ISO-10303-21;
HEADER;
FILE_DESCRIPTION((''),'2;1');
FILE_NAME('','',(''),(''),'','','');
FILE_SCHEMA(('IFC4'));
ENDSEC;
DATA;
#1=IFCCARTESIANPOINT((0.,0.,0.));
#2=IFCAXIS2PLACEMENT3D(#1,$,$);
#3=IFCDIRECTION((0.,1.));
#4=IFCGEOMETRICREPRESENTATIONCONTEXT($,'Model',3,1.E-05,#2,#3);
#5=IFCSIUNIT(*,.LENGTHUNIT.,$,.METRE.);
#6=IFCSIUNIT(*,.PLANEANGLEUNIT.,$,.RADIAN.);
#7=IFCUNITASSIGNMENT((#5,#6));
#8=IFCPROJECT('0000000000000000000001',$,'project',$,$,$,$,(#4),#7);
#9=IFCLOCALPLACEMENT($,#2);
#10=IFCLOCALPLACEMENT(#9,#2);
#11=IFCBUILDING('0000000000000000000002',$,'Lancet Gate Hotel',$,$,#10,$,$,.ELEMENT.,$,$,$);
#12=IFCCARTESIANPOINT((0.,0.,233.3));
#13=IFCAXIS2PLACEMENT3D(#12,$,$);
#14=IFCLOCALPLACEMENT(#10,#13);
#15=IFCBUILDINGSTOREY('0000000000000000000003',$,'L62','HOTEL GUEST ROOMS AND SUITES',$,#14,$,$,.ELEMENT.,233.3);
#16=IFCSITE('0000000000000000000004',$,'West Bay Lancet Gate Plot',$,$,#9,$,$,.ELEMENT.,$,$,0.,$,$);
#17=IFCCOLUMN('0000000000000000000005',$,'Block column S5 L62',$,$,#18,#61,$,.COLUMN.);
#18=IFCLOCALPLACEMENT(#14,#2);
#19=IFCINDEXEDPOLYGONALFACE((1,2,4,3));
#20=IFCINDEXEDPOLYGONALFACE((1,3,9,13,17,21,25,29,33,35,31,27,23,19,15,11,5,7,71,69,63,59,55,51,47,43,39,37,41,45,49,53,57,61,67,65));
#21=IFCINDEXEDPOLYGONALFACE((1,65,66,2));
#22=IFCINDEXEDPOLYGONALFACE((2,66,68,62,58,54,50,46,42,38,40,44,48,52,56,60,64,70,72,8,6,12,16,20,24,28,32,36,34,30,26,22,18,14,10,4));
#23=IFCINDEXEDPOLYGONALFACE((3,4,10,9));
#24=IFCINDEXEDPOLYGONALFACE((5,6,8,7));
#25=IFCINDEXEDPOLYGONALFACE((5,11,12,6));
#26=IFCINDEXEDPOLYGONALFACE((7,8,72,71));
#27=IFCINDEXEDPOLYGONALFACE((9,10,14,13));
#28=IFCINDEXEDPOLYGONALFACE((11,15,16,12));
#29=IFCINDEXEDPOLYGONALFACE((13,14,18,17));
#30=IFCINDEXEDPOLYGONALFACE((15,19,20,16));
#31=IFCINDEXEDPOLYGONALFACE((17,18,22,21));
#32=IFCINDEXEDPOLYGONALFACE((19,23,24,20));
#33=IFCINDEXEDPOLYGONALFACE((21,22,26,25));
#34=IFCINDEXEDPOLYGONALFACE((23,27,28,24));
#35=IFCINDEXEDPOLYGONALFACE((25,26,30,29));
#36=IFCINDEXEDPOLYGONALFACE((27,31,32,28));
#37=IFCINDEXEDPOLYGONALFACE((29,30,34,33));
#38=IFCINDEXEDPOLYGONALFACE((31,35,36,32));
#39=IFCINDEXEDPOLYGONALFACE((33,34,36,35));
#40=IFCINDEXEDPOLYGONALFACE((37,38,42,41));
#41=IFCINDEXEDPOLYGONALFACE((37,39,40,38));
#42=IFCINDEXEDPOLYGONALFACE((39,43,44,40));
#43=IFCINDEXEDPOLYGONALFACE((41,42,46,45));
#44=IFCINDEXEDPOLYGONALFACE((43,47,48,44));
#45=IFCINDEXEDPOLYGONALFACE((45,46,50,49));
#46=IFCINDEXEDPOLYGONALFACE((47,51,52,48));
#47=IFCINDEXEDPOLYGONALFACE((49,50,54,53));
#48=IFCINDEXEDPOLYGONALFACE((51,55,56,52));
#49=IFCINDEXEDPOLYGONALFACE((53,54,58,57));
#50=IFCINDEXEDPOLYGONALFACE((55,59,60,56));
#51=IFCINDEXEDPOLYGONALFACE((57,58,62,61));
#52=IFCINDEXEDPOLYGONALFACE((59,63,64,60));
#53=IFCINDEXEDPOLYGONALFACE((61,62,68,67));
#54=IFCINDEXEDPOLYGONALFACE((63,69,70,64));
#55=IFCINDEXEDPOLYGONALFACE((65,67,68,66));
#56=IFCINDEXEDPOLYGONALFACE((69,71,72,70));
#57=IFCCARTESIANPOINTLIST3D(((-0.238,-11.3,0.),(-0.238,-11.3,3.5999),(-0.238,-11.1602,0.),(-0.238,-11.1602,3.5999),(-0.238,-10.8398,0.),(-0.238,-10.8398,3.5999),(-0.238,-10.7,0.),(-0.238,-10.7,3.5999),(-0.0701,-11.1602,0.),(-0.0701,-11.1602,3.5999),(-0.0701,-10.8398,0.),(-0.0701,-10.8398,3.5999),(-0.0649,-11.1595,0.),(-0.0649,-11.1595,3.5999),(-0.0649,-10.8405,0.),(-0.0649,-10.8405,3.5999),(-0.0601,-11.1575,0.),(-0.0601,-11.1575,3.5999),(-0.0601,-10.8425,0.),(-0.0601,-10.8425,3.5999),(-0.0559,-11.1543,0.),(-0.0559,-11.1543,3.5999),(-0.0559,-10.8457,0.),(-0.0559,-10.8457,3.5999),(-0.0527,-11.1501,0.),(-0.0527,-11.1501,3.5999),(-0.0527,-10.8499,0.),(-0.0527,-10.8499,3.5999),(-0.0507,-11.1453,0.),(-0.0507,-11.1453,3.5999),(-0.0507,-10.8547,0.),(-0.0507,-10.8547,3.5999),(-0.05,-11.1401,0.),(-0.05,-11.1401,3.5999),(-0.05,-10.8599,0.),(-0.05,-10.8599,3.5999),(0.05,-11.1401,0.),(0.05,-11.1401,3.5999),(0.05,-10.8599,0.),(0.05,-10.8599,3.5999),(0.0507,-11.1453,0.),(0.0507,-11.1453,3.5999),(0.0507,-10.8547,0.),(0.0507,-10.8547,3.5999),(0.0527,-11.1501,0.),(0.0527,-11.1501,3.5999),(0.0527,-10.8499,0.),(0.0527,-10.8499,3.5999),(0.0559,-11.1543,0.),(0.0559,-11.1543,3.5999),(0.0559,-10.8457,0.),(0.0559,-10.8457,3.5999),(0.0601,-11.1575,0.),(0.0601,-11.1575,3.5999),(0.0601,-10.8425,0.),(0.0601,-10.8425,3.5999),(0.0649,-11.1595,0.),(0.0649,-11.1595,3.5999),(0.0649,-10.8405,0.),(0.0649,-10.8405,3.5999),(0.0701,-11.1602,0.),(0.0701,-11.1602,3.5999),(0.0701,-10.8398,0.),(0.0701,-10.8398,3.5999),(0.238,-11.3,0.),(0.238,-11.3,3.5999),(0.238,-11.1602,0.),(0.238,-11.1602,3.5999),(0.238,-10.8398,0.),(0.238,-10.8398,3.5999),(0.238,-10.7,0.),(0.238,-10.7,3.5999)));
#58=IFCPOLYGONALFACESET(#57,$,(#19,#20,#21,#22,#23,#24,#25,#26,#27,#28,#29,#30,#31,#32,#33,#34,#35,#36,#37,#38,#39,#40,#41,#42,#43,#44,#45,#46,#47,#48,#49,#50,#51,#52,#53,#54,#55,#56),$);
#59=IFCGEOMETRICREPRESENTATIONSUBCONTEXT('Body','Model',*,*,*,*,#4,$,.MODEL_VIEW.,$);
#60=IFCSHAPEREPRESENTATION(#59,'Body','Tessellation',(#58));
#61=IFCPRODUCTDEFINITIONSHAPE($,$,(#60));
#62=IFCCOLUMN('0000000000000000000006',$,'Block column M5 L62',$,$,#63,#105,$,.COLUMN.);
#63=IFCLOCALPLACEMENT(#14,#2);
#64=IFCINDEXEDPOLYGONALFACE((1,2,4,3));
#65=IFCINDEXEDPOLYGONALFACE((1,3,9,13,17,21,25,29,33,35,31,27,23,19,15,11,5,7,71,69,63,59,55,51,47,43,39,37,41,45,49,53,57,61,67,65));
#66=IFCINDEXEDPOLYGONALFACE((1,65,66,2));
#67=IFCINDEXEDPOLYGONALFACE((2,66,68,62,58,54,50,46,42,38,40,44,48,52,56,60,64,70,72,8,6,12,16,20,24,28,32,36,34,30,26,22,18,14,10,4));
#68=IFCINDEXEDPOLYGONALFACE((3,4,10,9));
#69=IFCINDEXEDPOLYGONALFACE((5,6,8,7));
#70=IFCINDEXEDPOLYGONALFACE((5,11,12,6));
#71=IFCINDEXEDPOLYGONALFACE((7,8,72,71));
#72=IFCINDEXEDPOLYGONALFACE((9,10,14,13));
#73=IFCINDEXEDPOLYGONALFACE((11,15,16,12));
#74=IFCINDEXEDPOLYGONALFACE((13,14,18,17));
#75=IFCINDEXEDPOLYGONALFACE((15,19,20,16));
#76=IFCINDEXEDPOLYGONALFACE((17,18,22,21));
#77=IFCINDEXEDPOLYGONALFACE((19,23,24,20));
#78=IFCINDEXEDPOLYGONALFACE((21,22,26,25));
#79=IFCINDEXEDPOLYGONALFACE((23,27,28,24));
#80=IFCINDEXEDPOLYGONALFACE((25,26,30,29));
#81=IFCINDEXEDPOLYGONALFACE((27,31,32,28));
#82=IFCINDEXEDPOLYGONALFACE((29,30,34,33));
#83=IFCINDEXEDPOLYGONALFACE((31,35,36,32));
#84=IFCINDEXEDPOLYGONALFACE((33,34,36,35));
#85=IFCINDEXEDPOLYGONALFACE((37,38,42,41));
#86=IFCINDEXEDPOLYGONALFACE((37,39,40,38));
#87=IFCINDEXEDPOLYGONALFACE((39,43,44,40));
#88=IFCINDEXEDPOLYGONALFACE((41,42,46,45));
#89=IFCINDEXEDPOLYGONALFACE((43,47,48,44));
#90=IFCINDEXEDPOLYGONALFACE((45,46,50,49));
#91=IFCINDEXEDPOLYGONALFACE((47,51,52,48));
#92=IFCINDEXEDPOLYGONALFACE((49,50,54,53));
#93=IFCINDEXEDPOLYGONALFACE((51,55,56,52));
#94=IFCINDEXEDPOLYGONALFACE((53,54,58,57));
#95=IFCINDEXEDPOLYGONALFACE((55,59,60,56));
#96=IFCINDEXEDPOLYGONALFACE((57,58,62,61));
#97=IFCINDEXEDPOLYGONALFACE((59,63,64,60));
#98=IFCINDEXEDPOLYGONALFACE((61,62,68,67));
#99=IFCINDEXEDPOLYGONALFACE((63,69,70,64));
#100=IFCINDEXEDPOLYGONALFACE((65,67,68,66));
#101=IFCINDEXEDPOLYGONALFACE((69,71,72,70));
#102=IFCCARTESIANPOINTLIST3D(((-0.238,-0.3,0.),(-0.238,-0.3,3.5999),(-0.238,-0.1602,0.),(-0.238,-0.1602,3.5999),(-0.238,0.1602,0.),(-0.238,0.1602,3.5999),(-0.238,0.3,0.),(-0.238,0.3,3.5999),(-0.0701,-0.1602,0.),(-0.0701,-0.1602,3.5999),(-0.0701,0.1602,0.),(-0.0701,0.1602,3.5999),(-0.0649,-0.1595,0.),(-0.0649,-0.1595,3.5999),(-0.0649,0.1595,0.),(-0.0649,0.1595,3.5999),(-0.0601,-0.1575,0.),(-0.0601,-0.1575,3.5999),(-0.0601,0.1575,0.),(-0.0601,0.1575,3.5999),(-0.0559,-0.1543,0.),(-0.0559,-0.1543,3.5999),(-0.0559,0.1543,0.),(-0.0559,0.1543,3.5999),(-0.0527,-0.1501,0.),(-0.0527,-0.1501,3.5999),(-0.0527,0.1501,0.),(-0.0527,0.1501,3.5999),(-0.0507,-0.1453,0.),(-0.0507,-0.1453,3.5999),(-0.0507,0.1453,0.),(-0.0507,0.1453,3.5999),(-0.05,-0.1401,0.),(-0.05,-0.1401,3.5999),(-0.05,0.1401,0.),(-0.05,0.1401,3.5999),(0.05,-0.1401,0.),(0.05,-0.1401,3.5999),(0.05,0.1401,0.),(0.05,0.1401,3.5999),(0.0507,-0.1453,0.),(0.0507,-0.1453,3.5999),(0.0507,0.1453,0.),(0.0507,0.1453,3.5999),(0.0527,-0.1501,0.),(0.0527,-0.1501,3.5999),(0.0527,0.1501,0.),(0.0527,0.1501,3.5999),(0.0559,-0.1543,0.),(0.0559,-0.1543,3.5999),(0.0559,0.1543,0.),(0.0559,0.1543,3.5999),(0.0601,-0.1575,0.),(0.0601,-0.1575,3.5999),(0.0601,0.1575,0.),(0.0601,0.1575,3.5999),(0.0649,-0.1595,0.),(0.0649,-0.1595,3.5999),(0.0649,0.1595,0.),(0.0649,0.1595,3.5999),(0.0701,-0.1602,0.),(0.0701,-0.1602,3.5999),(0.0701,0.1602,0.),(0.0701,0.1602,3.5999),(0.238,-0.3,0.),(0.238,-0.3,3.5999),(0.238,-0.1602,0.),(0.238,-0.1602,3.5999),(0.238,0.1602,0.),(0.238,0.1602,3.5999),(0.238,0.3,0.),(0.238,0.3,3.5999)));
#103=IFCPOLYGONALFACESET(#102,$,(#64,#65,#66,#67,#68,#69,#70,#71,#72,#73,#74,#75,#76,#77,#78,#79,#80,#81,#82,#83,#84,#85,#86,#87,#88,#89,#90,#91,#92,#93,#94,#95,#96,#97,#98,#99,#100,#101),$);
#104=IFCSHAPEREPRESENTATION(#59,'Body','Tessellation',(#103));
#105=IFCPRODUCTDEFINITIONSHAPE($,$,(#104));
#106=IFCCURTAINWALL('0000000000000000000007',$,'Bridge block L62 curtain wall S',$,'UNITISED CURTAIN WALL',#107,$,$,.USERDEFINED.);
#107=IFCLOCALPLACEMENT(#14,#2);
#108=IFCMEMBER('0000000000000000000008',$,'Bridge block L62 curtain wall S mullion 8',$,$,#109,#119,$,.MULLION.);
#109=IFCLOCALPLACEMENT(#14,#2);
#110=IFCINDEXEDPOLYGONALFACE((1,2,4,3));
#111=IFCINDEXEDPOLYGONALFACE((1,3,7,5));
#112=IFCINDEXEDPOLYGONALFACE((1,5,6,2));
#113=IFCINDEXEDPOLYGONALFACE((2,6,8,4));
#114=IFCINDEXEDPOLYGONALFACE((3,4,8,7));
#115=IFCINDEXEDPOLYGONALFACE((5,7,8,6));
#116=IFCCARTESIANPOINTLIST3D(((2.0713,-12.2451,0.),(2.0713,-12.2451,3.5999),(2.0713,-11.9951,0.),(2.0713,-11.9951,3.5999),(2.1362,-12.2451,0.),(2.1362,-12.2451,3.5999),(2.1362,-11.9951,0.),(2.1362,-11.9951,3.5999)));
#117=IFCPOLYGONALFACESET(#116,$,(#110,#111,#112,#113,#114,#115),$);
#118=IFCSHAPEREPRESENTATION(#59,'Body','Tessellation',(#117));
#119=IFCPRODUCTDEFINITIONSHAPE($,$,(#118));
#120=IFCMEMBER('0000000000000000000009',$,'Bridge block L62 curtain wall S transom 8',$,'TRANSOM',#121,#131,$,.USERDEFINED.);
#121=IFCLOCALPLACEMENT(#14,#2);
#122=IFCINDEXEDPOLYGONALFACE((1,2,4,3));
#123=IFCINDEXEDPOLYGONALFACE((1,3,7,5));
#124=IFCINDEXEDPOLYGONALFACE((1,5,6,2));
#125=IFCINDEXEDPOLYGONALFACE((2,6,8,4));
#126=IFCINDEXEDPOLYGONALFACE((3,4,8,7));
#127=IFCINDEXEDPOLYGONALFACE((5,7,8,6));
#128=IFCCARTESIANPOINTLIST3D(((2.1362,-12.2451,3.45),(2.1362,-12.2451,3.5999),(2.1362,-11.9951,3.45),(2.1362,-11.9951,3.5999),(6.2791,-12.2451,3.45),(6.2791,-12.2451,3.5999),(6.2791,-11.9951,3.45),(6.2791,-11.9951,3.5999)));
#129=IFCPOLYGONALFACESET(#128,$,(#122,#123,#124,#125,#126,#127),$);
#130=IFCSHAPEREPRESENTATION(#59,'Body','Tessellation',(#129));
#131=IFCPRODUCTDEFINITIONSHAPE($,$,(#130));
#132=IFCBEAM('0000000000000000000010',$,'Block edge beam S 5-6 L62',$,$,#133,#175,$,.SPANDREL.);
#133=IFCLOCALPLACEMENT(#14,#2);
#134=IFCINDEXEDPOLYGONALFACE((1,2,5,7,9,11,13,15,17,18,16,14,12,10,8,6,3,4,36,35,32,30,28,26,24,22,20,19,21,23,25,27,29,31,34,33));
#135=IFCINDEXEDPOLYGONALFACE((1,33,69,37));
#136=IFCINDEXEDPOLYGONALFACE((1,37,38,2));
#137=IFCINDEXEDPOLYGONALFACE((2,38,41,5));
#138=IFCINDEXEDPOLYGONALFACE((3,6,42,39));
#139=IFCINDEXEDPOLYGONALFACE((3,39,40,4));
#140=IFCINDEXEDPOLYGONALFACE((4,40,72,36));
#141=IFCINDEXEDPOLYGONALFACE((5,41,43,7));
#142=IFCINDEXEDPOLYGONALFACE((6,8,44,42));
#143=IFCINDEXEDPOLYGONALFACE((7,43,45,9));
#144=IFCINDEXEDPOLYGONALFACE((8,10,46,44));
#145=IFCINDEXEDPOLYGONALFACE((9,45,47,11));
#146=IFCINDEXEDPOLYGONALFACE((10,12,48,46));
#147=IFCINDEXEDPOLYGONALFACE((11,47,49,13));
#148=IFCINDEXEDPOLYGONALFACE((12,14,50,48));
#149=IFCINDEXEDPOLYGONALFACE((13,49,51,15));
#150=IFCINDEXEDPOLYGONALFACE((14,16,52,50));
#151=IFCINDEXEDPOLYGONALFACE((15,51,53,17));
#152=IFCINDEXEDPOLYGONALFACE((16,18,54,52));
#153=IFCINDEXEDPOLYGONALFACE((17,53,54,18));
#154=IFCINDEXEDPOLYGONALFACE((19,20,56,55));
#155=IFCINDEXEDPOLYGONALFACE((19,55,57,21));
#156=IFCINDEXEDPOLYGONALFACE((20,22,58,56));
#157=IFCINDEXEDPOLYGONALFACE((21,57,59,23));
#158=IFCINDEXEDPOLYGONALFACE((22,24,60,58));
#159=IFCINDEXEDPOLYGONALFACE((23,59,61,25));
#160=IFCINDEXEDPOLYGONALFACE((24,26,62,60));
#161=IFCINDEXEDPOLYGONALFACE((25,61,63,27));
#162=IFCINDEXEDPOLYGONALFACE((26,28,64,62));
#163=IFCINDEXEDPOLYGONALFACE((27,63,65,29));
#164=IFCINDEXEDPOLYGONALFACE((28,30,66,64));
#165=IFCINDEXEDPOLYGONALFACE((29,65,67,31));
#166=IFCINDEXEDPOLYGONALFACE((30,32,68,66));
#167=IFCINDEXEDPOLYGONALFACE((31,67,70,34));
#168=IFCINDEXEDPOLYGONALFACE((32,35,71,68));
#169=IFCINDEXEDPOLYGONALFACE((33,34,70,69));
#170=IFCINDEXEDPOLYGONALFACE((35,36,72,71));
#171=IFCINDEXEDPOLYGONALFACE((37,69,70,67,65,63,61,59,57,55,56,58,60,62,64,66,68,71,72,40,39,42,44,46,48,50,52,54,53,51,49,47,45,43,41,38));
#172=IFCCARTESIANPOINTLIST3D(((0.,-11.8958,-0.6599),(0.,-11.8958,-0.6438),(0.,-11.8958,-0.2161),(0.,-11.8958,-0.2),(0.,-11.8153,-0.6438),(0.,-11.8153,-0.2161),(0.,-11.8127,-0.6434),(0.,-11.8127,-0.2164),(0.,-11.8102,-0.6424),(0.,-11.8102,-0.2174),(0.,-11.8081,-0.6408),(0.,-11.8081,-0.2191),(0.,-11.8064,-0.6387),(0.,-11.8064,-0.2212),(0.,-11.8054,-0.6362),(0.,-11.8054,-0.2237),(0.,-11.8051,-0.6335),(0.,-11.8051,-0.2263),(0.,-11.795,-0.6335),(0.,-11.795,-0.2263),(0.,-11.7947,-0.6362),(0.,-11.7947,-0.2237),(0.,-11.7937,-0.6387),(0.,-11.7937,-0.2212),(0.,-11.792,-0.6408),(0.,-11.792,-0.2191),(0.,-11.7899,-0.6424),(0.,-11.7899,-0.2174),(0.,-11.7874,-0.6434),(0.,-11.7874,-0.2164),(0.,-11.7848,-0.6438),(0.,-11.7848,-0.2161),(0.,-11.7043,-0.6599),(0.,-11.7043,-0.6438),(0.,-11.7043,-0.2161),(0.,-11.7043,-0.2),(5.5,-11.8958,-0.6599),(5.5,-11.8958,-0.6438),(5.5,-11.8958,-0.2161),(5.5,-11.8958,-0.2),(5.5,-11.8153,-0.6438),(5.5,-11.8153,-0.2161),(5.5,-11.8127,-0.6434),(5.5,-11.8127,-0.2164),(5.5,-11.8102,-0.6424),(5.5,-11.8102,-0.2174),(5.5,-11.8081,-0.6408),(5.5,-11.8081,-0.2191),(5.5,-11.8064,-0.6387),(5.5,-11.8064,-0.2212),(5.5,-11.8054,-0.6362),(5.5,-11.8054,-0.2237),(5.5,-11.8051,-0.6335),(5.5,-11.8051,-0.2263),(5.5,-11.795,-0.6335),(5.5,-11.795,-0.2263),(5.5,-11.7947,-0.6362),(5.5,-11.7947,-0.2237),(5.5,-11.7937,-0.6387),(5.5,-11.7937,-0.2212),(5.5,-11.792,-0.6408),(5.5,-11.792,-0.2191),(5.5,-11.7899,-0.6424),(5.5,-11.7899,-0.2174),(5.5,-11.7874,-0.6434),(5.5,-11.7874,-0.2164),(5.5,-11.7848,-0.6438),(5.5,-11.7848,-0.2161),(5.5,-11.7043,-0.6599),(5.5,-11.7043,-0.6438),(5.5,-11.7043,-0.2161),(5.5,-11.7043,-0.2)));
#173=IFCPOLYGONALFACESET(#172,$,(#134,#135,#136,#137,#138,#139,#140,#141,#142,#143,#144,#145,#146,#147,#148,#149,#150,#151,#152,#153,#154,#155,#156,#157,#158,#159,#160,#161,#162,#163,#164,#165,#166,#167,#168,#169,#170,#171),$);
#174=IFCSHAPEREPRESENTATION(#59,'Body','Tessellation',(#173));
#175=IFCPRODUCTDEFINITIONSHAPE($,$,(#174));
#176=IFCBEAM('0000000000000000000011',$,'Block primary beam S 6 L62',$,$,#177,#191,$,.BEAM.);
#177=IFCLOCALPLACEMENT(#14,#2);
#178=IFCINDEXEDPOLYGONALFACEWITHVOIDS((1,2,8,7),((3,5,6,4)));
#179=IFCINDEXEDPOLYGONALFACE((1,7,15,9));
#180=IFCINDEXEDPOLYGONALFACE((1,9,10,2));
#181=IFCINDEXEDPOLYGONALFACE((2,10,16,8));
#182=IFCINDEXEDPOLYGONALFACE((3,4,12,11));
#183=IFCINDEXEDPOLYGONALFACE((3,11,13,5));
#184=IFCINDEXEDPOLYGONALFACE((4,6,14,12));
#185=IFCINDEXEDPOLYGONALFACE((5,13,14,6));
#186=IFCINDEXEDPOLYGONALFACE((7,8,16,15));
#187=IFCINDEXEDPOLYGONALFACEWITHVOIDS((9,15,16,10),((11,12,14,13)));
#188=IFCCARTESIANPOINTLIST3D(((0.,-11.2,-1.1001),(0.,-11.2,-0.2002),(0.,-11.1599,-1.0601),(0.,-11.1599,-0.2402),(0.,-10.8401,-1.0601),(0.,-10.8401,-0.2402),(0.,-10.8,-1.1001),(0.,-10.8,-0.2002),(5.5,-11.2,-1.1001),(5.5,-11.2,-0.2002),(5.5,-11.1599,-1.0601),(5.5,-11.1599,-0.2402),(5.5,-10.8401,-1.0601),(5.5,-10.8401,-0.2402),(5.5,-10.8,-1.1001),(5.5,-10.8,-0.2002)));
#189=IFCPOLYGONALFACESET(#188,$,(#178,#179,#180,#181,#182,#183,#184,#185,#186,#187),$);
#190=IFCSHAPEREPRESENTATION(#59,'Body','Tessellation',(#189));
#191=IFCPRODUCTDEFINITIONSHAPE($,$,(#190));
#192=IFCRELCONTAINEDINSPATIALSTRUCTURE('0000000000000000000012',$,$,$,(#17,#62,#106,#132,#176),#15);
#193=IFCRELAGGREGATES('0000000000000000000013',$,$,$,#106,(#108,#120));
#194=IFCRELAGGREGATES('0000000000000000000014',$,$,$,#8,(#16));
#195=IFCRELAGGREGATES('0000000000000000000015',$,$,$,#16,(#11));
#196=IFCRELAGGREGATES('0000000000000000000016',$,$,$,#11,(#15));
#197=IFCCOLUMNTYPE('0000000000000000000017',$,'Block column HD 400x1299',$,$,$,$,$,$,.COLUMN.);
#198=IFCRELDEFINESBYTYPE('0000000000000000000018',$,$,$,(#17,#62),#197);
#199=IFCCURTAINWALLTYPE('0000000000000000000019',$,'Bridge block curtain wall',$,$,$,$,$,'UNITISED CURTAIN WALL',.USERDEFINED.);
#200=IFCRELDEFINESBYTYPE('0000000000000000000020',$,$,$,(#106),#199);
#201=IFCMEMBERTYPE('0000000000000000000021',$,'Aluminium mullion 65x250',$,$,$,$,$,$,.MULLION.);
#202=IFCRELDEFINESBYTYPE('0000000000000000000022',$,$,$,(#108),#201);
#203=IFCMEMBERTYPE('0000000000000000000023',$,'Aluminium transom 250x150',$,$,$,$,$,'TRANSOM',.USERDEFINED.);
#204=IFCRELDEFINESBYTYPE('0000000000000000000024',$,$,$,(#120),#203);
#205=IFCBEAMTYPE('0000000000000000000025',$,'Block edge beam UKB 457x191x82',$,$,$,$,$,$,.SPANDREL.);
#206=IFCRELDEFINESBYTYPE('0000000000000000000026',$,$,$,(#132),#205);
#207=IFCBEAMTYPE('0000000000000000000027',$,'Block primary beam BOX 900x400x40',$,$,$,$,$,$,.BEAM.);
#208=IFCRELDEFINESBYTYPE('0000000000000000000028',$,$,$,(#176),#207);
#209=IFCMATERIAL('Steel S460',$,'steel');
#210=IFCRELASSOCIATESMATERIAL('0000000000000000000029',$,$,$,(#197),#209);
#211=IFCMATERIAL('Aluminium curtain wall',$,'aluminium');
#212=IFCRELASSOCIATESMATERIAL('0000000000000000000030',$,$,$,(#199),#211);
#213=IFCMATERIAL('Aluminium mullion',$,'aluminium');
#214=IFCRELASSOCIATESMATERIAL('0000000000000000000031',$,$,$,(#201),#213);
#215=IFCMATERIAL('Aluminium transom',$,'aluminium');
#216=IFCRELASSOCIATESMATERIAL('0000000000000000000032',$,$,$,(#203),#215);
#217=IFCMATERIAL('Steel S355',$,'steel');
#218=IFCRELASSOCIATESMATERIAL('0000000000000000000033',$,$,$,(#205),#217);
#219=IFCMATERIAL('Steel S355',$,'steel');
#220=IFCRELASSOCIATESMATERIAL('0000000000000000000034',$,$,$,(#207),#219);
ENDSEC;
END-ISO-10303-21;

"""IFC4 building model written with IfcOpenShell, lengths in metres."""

from ifc_helpers import new_model, si_unit, direction, frame, origin, origin_2d, place, context, subcontext, project, spatial, rectangle, hollow_rectangle, i_section, extrude, material, material_profile, profile_set, type_object, element, aggregate, save


model = new_model("IFC4")

# Units and contexts
model_context = context("Model", 3, precision=1e-05, world=origin(), true_north=direction((0.0, 1.0)))
body_context = subcontext(model_context, "Body", "Model", "MODEL_VIEW")
ifc_project = project(units=[si_unit("LENGTHUNIT", "METRE"), si_unit("PLANEANGLEUNIT", "RADIAN")], contexts=[model_context])

# Site, building, storey
site_placement = place(None, origin())
site = spatial("IfcSite", under=ifc_project, at=site_placement, Name="West Bay Lancet Gate Plot", CompositionType="ELEMENT", RefElevation=0.0)
building_placement = place(site_placement, origin())
building = spatial("IfcBuilding", under=site, at=building_placement, Name="Lancet Gate Hotel", CompositionType="ELEMENT")
storey_placement = place(building_placement, frame((0.0, 0.0, 233.3)))
storey = spatial("IfcBuildingStorey", under=building, at=storey_placement, Name="L62", Description="HOTEL GUEST ROOMS AND SUITES", CompositionType="ELEMENT", Elevation=233.3)

# Columns
ifc_material_1 = material(Name="Steel S460", Category="steel")
ifc_material_profile_1 = material_profile(ifc_material_1, i_section(OverallWidth=0.4761, OverallDepth=0.6001, WebThickness=0.1001, FlangeThickness=0.1399, FilletRadius=0.02, at=origin_2d()), Name="HD 400x1299")
ifc_profile_set_1 = profile_set([ifc_material_profile_1], Name="Steel S460")
column_type = type_object("IfcColumnType", Name="Block column HD 400x1299", PredefinedType="COLUMN", material=ifc_profile_set_1)
for number, where, z_axis, x_axis, name in (
    (1, (0.0, -11.0, 0.0), (0.0, 0.0, 1.0), (1.0, 0.0, 0.0), "Block column S5 L62"),
    (2, (0.0, 0.0, 0.0), (0.0, 0.0, 1.0), (1.0, 0.0, 0.0), "Block column M5 L62"),
):
    element("IfcColumn", number, at=place(storey_placement, frame(where, z_axis=z_axis, x_axis=x_axis)), inside=storey, type_object=column_type, Name=name, PredefinedType="COLUMN", context=body_context, shape_type="SweptSolid", body=[
        extrude(i_section(OverallWidth=0.4761, OverallDepth=0.6001, WebThickness=0.1001, FlangeThickness=0.1399, FilletRadius=0.02, at=origin_2d()), origin(), (0.0, 0.0, 1.0), 3.5999),
    ])

# Curtain wall, members
ifc_material_2 = material(Name="Aluminium curtain wall", Category="aluminium")
curtain_wall_type = type_object("IfcCurtainWallType", Name="Bridge block curtain wall", ElementType="UNITISED CURTAIN WALL", PredefinedType="USERDEFINED", material=ifc_material_2)
curtain_wall_placement = place(storey_placement, origin())
curtain_wall = element("IfcCurtainWall", 3, at=curtain_wall_placement, inside=storey, type_object=curtain_wall_type, Name="Bridge block L62 curtain wall S", ObjectType="UNITISED CURTAIN WALL", PredefinedType="USERDEFINED")
ifc_material_3 = material(Name="Aluminium mullion", Category="aluminium")
ifc_material_profile_2 = material_profile(ifc_material_3, rectangle(XDim=0.0649, YDim=0.25, at=origin_2d()), Name="MULLION 65x250")
ifc_profile_set_2 = profile_set([ifc_material_profile_2], Name="Aluminium mullion")
member_type_1 = type_object("IfcMemberType", Name="Aluminium mullion 65x250", PredefinedType="MULLION", material=ifc_profile_set_2)
member_1_placement = place(storey_placement, frame((2.1038, -12.1201, 0.0), z_axis=(0.0, 0.0, 1.0), x_axis=(1.0, 0.0, 0.0)))
member_1 = element("IfcMember", 4, at=member_1_placement, type_object=member_type_1, Name="Bridge block L62 curtain wall S mullion 8", PredefinedType="MULLION", context=body_context, shape_type="SweptSolid", body=[
    extrude(rectangle(XDim=0.0649, YDim=0.25, at=origin_2d()), origin(), (0.0, 0.0, 1.0), 3.5999),
])
ifc_material_4 = material(Name="Aluminium transom", Category="aluminium")
ifc_material_profile_3 = material_profile(ifc_material_4, rectangle(XDim=0.25, YDim=0.1499, at=origin_2d()), Name="TRANSOM 250x150")
ifc_profile_set_3 = profile_set([ifc_material_profile_3], Name="Aluminium transom")
member_type_2 = type_object("IfcMemberType", Name="Aluminium transom 250x150", ElementType="TRANSOM", PredefinedType="USERDEFINED", material=ifc_profile_set_3)
member_2_placement = place(storey_placement, frame((2.1362, -12.1201, 3.5249), z_axis=(1.0, 0.0, 0.0), x_axis=(0.0, 1.0, 0.0)))
member_2 = element("IfcMember", 5, at=member_2_placement, type_object=member_type_2, Name="Bridge block L62 curtain wall S transom 8", ObjectType="TRANSOM", PredefinedType="USERDEFINED", context=body_context, shape_type="SweptSolid", body=[
    extrude(rectangle(XDim=0.25, YDim=0.1499, at=origin_2d()), origin(), (0.0, 0.0, 1.0), 4.1428),
])

# Beams
ifc_material_5 = material(Name="Steel S355", Category="steel")
ifc_material_profile_4 = material_profile(ifc_material_5, i_section(OverallWidth=0.1914, OverallDepth=0.46, WebThickness=0.01, FlangeThickness=0.0161, FilletRadius=0.0103, at=origin_2d()), Name="UKB 457x191x82")
ifc_profile_set_4 = profile_set([ifc_material_profile_4], Name="Steel S355")
beam_type_1 = type_object("IfcBeamType", Name="Block edge beam UKB 457x191x82", PredefinedType="SPANDREL", material=ifc_profile_set_4)
beam_1_placement = place(storey_placement, frame((0.0, -11.8, -0.4299), z_axis=(1.0, 0.0, 0.0), x_axis=(0.0, 1.0, 0.0)))
element("IfcBeam", 6, at=beam_1_placement, inside=storey, type_object=beam_type_1, Name="Block edge beam S 5-6 L62", PredefinedType="SPANDREL", context=body_context, shape_type="SweptSolid", body=[
    extrude(i_section(OverallWidth=0.1914, OverallDepth=0.46, WebThickness=0.01, FlangeThickness=0.0161, FilletRadius=0.0103, at=origin_2d()), origin(), (0.0, 0.0, 1.0), 5.5),
])
ifc_material_6 = material(Name="Steel S355", Category="steel")
ifc_material_profile_5 = material_profile(ifc_material_6, hollow_rectangle(XDim=0.3999, YDim=0.8999, WallThickness=0.04, at=origin_2d()), Name="BOX 900x400x40")
ifc_profile_set_5 = profile_set([ifc_material_profile_5], Name="Steel S355")
beam_type_2 = type_object("IfcBeamType", Name="Block primary beam BOX 900x400x40", PredefinedType="BEAM", material=ifc_profile_set_5)
for number, where, z_axis, x_axis, name in (
    (7, (0.0, -11.0, -0.6501), (1.0, 0.0, 0.0), (0.0, 1.0, 0.0), "Block primary beam S 6 L62"),
):
    element("IfcBeam", number, at=place(storey_placement, frame(where, z_axis=z_axis, x_axis=x_axis)), inside=storey, type_object=beam_type_2, Name=name, PredefinedType="BEAM", context=body_context, shape_type="SweptSolid", body=[
        extrude(hollow_rectangle(XDim=0.3999, YDim=0.8999, WallThickness=0.04, at=origin_2d()), origin(), (0.0, 0.0, 1.0), 5.5),
    ])

aggregate(curtain_wall, [member_1, member_2])

save(model, "model.ifc")
